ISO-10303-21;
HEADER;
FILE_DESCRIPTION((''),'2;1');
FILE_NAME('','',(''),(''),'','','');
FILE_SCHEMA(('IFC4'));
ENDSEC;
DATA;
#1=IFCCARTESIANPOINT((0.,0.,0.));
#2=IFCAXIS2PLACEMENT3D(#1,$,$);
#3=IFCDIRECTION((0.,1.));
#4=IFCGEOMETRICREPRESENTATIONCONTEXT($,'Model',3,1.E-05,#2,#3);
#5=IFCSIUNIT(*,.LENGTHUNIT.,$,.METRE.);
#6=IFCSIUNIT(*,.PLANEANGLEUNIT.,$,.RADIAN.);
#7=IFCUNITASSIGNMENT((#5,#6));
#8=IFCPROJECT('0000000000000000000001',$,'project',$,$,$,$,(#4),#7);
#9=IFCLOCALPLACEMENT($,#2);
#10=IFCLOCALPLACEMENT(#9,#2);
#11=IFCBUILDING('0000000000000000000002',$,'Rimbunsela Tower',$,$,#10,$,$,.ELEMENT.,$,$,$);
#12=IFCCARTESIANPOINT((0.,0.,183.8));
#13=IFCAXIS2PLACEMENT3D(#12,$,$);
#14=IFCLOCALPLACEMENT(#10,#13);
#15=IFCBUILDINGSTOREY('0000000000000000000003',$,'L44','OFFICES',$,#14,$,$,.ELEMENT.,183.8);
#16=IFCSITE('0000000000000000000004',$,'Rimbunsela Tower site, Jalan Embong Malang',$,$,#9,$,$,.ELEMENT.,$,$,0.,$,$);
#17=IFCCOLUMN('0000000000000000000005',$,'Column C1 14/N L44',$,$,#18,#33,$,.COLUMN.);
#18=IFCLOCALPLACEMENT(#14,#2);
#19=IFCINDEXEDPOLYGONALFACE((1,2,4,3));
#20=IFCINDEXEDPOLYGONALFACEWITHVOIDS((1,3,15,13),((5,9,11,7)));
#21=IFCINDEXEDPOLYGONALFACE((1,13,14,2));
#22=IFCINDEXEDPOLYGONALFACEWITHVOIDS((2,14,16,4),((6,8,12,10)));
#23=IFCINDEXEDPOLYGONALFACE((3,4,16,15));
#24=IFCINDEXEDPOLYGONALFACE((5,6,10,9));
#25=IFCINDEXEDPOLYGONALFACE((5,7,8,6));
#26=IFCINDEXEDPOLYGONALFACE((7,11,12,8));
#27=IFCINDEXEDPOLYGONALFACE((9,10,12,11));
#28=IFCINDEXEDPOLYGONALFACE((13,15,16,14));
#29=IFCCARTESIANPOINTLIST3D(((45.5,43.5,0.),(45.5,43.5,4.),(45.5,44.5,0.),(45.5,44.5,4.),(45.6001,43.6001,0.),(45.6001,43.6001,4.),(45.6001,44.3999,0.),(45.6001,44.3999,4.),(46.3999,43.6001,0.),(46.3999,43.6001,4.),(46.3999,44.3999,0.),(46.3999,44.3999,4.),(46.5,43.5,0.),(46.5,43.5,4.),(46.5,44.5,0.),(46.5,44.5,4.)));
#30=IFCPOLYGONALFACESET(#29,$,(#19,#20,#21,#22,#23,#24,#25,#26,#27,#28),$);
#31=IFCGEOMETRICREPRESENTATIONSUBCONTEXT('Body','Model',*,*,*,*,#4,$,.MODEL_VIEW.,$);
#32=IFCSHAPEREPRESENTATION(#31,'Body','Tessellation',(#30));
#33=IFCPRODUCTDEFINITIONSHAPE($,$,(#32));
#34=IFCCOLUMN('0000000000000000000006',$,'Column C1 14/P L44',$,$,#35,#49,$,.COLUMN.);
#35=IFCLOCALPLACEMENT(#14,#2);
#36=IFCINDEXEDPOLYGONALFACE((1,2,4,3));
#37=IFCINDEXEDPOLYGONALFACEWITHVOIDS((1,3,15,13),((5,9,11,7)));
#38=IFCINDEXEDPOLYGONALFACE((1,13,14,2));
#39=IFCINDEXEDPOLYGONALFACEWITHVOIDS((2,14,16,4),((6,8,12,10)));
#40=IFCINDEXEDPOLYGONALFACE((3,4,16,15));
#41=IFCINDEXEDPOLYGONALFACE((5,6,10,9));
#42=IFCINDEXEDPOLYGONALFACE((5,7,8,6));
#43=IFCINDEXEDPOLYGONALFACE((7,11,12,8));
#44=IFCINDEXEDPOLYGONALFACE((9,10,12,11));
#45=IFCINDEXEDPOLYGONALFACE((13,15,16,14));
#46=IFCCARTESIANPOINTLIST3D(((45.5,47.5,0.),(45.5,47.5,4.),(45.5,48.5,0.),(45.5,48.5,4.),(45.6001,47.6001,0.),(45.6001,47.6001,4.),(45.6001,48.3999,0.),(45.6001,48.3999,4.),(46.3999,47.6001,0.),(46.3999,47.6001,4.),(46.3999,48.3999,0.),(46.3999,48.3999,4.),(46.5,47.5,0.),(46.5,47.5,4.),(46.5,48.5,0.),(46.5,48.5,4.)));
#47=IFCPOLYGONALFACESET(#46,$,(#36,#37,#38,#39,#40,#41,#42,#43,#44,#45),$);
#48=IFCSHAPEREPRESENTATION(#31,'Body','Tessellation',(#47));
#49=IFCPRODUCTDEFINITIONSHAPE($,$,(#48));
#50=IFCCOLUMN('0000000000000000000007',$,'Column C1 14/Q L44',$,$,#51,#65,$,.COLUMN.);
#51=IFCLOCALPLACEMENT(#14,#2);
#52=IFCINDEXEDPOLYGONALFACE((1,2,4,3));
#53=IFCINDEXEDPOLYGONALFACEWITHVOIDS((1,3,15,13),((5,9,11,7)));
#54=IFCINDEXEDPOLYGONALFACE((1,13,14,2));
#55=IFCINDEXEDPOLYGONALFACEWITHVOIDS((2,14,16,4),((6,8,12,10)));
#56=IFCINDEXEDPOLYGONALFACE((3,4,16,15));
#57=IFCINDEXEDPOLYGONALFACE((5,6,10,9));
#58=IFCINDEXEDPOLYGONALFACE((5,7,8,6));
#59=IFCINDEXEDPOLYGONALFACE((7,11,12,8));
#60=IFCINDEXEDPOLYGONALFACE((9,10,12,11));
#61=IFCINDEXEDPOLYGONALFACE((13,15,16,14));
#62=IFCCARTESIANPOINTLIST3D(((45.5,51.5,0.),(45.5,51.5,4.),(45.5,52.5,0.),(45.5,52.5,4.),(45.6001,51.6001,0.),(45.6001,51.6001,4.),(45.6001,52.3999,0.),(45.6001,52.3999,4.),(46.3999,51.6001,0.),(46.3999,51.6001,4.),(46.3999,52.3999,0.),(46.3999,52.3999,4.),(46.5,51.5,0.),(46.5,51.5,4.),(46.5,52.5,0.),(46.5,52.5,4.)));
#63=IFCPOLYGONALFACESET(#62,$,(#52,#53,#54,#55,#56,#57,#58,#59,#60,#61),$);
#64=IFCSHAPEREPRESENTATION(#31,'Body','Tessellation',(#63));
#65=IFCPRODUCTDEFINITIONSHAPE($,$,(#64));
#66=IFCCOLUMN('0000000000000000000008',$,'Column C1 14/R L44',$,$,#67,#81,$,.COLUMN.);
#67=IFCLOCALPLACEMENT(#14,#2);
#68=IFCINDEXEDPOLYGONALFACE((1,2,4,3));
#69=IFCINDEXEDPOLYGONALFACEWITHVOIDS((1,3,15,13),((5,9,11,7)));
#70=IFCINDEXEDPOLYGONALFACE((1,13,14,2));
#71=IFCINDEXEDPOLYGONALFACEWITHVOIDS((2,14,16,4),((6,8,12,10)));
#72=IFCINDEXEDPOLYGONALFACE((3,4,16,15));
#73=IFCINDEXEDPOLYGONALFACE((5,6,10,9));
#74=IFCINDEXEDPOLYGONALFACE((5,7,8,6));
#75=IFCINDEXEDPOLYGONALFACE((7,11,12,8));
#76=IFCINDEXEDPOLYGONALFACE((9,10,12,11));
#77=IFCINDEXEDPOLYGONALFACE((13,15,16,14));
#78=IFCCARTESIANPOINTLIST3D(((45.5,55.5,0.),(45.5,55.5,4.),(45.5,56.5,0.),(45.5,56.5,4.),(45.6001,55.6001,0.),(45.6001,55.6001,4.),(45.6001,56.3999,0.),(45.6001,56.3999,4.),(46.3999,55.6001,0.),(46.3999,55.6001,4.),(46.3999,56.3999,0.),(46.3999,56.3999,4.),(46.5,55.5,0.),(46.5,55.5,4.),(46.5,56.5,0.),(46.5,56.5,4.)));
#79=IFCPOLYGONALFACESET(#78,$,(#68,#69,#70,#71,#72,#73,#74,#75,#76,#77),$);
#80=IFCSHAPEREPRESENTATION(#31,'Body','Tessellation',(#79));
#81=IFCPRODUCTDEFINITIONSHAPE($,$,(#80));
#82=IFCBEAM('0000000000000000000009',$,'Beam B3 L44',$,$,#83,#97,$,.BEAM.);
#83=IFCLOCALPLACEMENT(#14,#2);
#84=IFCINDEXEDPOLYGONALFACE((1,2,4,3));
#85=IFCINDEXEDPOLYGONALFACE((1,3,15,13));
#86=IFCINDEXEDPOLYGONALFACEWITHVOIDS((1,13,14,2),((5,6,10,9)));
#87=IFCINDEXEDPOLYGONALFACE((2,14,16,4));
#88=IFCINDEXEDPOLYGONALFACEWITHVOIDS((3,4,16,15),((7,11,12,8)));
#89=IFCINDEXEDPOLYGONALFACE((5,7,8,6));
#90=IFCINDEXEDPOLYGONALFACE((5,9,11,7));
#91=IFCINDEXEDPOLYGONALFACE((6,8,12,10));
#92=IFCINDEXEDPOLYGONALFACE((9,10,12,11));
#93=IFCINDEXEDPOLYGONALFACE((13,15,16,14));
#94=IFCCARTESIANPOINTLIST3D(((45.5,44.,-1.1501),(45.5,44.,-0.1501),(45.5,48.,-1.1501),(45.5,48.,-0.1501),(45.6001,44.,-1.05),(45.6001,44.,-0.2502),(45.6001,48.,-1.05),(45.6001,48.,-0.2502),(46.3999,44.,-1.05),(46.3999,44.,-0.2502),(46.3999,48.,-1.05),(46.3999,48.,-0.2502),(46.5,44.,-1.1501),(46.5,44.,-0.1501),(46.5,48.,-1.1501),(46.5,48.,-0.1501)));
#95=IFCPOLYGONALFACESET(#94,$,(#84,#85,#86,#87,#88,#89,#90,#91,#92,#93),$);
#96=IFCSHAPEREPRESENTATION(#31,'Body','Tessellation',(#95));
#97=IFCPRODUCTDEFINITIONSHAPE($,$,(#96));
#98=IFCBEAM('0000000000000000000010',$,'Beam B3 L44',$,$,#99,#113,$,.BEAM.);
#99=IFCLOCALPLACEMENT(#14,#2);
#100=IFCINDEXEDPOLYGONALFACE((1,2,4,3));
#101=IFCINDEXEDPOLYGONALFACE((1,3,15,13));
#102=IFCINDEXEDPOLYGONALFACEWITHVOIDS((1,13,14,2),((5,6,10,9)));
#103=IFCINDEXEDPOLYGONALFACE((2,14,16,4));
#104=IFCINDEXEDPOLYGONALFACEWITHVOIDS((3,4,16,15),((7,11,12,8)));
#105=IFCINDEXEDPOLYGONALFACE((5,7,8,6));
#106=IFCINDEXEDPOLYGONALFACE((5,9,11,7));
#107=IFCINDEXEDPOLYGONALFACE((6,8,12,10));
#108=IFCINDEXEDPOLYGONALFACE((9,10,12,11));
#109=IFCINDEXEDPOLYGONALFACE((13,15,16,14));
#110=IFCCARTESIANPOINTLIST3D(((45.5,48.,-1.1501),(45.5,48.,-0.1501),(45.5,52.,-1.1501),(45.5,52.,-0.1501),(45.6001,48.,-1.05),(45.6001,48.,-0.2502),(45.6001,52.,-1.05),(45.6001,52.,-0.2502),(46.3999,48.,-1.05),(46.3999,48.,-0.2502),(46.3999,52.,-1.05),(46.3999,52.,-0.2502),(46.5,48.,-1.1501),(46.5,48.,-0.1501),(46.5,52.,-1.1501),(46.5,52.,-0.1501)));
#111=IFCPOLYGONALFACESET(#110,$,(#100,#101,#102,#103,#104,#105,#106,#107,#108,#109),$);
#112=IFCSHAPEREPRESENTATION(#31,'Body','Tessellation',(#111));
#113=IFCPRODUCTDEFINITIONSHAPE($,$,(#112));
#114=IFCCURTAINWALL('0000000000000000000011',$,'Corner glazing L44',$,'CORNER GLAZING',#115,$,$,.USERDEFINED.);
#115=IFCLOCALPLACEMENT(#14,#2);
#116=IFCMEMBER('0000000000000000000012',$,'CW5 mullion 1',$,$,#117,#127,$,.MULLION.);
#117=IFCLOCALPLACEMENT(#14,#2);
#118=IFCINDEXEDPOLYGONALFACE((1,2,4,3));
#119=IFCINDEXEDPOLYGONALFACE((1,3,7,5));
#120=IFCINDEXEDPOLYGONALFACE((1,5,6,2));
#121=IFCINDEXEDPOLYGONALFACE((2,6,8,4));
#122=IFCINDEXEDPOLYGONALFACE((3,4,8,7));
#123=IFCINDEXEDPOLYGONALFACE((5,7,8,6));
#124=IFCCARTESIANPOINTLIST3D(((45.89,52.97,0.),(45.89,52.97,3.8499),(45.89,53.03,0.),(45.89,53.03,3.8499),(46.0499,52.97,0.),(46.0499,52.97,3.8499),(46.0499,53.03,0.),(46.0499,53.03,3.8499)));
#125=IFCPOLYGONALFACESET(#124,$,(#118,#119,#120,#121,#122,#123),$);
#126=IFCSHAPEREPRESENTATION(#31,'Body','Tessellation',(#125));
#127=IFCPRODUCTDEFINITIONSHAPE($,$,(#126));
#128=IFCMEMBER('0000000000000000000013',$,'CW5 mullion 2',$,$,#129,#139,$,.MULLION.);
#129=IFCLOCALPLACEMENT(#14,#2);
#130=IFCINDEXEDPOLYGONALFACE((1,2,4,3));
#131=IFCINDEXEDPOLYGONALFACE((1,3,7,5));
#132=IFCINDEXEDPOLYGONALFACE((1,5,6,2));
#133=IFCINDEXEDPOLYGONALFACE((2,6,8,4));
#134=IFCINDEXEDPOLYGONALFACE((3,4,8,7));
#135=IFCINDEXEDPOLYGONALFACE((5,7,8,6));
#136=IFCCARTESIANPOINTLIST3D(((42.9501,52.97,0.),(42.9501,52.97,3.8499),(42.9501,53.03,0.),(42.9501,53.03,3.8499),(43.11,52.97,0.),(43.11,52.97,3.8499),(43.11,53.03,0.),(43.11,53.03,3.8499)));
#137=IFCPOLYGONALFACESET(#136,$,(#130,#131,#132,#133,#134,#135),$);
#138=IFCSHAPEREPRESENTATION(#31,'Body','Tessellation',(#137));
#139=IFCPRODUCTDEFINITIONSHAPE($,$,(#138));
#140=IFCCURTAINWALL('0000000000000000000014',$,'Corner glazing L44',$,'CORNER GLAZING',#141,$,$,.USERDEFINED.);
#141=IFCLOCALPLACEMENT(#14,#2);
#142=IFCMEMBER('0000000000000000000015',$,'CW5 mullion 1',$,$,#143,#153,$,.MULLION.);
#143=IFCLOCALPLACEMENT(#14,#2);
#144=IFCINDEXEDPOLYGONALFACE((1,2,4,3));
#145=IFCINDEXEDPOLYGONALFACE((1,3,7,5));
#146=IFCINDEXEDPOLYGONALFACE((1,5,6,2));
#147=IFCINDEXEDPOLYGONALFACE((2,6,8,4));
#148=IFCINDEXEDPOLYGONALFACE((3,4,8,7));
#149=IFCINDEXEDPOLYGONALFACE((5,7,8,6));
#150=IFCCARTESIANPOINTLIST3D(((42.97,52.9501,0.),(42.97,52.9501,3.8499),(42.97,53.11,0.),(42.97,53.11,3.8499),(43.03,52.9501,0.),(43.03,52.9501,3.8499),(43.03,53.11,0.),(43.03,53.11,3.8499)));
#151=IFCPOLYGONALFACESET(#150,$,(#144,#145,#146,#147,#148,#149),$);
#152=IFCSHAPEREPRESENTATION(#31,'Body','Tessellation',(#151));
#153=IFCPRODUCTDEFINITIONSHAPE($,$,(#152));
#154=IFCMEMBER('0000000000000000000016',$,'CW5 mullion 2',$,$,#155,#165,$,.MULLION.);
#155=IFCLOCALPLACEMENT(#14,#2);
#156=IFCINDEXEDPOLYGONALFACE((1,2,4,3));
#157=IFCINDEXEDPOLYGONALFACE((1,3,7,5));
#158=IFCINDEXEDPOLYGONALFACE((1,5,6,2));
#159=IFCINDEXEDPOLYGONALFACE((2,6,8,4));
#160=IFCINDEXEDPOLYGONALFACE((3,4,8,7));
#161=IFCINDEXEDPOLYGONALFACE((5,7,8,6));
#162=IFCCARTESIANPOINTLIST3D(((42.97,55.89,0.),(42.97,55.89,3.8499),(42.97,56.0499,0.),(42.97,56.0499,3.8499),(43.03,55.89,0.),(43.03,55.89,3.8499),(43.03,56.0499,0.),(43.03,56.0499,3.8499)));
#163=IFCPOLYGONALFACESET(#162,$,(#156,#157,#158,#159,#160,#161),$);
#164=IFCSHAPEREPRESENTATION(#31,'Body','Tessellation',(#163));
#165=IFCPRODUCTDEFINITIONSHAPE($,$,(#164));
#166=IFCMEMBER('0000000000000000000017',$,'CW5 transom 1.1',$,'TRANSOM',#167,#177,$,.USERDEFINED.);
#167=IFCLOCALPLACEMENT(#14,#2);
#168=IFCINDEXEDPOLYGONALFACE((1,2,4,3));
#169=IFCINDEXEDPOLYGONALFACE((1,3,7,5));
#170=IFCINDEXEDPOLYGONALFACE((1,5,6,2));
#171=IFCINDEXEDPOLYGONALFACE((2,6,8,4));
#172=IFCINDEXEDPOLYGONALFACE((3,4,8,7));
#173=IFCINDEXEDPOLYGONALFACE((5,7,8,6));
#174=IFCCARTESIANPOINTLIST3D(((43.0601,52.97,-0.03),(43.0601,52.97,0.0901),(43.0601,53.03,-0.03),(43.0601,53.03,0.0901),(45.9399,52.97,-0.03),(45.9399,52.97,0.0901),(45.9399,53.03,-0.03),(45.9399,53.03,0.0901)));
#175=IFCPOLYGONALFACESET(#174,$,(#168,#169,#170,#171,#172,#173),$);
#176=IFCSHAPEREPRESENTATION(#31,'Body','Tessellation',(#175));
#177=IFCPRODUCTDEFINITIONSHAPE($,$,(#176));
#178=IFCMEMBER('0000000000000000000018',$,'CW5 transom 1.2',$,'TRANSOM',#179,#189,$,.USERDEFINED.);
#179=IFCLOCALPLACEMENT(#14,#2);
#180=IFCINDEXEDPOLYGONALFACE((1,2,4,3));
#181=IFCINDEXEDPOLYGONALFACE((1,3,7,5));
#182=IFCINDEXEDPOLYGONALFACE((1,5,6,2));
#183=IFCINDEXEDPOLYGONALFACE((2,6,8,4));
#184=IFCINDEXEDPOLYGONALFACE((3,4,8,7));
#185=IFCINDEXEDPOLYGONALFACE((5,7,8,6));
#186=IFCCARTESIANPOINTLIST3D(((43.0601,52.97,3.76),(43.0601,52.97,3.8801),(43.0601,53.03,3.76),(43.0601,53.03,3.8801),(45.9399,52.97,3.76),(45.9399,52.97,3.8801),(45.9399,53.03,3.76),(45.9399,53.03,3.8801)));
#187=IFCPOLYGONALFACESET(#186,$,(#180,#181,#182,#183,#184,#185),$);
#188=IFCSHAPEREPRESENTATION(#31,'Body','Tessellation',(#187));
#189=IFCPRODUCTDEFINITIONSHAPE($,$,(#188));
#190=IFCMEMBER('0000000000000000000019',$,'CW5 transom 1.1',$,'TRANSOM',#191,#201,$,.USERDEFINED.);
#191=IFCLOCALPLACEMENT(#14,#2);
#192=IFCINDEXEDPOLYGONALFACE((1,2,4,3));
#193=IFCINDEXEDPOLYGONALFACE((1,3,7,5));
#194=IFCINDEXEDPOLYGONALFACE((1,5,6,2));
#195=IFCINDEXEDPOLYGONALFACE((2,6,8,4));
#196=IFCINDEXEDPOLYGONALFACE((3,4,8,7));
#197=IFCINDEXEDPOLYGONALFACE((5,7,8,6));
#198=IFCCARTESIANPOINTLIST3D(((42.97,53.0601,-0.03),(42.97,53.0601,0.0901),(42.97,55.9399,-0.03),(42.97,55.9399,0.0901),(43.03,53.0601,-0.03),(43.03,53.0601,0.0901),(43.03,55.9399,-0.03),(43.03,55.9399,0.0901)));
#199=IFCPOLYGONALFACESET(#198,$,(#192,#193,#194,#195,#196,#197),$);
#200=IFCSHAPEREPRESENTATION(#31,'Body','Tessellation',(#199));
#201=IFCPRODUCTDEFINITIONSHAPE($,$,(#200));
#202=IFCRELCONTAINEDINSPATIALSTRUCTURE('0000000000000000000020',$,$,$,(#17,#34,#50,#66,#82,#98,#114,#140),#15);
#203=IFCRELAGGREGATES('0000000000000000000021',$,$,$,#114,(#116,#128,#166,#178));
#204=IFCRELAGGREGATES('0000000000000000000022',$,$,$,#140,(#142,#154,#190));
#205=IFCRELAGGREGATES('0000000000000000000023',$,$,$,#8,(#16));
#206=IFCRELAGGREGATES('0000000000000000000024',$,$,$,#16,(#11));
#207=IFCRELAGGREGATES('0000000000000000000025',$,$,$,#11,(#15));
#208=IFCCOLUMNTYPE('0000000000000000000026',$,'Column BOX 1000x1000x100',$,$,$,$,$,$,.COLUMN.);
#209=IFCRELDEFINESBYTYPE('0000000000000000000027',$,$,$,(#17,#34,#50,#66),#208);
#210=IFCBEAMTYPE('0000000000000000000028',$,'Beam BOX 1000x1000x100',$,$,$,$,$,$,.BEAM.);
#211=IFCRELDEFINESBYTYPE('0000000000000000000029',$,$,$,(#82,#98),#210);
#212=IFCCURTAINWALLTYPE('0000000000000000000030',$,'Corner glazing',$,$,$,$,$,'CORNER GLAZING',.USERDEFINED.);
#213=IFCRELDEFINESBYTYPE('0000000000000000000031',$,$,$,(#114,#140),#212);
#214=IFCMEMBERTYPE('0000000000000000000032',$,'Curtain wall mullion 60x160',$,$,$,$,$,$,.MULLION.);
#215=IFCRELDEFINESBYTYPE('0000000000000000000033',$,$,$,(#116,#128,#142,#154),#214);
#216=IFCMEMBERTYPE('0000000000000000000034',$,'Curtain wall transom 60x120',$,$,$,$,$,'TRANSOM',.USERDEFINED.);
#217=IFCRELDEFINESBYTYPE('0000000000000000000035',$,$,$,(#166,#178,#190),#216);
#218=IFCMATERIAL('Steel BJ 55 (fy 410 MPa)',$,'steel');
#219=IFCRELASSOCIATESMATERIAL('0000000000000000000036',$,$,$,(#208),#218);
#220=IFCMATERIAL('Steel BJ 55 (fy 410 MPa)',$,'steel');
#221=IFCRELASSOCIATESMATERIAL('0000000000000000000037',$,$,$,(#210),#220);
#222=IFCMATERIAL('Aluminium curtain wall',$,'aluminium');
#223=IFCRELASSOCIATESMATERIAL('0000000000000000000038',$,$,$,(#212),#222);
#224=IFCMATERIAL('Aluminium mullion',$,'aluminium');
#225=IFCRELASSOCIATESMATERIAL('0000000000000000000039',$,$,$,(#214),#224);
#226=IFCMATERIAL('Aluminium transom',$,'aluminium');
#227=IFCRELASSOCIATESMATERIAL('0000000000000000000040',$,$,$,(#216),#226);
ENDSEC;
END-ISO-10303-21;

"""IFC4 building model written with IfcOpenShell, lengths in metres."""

from ifc_helpers import new_model, si_unit, direction, frame, origin, origin_2d, place, context, subcontext, project, spatial, rectangle, hollow_rectangle, extrude, material, material_profile, profile_set, type_object, element, aggregate, save


model = new_model("IFC4")

# Units and contexts
model_context = context("Model", 3, precision=1e-05, world=origin(), true_north=direction((0.0, 1.0)))
body_context = subcontext(model_context, "Body", "Model", "MODEL_VIEW")
ifc_project = project(units=[si_unit("LENGTHUNIT", "METRE"), si_unit("PLANEANGLEUNIT", "RADIAN")], contexts=[model_context])

# Site, building, storey
site_placement = place(None, origin())
site = spatial("IfcSite", under=ifc_project, at=site_placement, Name="Rimbunsela Tower site, Jalan Embong Malang", CompositionType="ELEMENT", RefElevation=0.0)
building_placement = place(site_placement, origin())
building = spatial("IfcBuilding", under=site, at=building_placement, Name="Rimbunsela Tower", CompositionType="ELEMENT")
storey_placement = place(building_placement, frame((0.0, 0.0, 183.8)))
storey = spatial("IfcBuildingStorey", under=building, at=storey_placement, Name="L44", Description="OFFICES", CompositionType="ELEMENT", Elevation=183.8)

# Columns
ifc_material_1 = material(Name="Steel BJ 55 (fy 410 MPa)", Category="steel")
ifc_material_profile_1 = material_profile(ifc_material_1, hollow_rectangle(XDim=1.0, YDim=1.0, WallThickness=0.1001, at=origin_2d()), Name="BOX 1000x1000x100")
ifc_profile_set_1 = profile_set([ifc_material_profile_1], Name="Steel BJ 55 (fy 410 MPa)")
column_type = type_object("IfcColumnType", Name="Column BOX 1000x1000x100", PredefinedType="COLUMN", material=ifc_profile_set_1)
for number, where, z_axis, x_axis, name in (
    (1, (46.0, 44.0, 0.0), (0.0, 0.0, 1.0), (1.0, 0.0, 0.0), "Column C1 14/N L44"),
    (2, (46.0, 48.0, 0.0), (0.0, 0.0, 1.0), (1.0, 0.0, 0.0), "Column C1 14/P L44"),
    (3, (46.0, 52.0, 0.0), (0.0, 0.0, 1.0), (1.0, 0.0, 0.0), "Column C1 14/Q L44"),
    (4, (46.0, 56.0, 0.0), (0.0, 0.0, 1.0), (1.0, 0.0, 0.0), "Column C1 14/R L44"),
):
    element("IfcColumn", number, at=place(storey_placement, frame(where, z_axis=z_axis, x_axis=x_axis)), inside=storey, type_object=column_type, Name=name, PredefinedType="COLUMN", context=body_context, shape_type="SweptSolid", body=[
        extrude(hollow_rectangle(XDim=1.0, YDim=1.0, WallThickness=0.1001, at=origin_2d()), origin(), (0.0, 0.0, 1.0), 4.0),
    ])

# Beams
ifc_material_2 = material(Name="Steel BJ 55 (fy 410 MPa)", Category="steel")
ifc_material_profile_2 = material_profile(ifc_material_2, hollow_rectangle(XDim=1.0, YDim=1.0, WallThickness=0.1001, at=origin_2d()), Name="BOX 1000x1000x100")
ifc_profile_set_2 = profile_set([ifc_material_profile_2], Name="Steel BJ 55 (fy 410 MPa)")
beam_type = type_object("IfcBeamType", Name="Beam BOX 1000x1000x100", PredefinedType="BEAM", material=ifc_profile_set_2)
for number, where, z_axis, x_axis, name in (
    (5, (46.0, 44.0, -0.6501), (0.0, 1.0, 0.0), (-1.0, 0.0, 0.0), "Beam B3 L44"),
    (6, (46.0, 48.0, -0.6501), (0.0, 1.0, 0.0), (-1.0, 0.0, 0.0), "Beam B3 L44"),
):
    element("IfcBeam", number, at=place(storey_placement, frame(where, z_axis=z_axis, x_axis=x_axis)), inside=storey, type_object=beam_type, Name=name, PredefinedType="BEAM", context=body_context, shape_type="SweptSolid", body=[
        extrude(hollow_rectangle(XDim=1.0, YDim=1.0, WallThickness=0.1001, at=origin_2d()), origin(), (0.0, 0.0, 1.0), 4.0),
    ])

# Curtain walls, members
ifc_material_3 = material(Name="Aluminium curtain wall", Category="aluminium")
curtain_wall_type = type_object("IfcCurtainWallType", Name="Corner glazing", ElementType="CORNER GLAZING", PredefinedType="USERDEFINED", material=ifc_material_3)
curtain_wall_1_placement = place(storey_placement, origin())
curtain_wall_1 = element("IfcCurtainWall", 7, at=curtain_wall_1_placement, inside=storey, type_object=curtain_wall_type, Name="Corner glazing L44", ObjectType="CORNER GLAZING", PredefinedType="USERDEFINED")
ifc_material_4 = material(Name="Aluminium mullion", Category="aluminium")
ifc_material_profile_3 = material_profile(ifc_material_4, rectangle(XDim=0.0601, YDim=0.1599, at=origin_2d()), Name="Mullion 60x160")
ifc_profile_set_3 = profile_set([ifc_material_profile_3], Name="Aluminium mullion")
member_type_1 = type_object("IfcMemberType", Name="Curtain wall mullion 60x160", PredefinedType="MULLION", material=ifc_profile_set_3)
member_1_placement = place(storey_placement, frame((45.97, 53.0, 0.0), z_axis=(0.0, 0.0, 1.0), x_axis=(0.0, -1.0, 0.0)))
member_1 = element("IfcMember", 8, at=member_1_placement, type_object=member_type_1, Name="CW5 mullion 1", PredefinedType="MULLION", context=body_context, shape_type="SweptSolid", body=[
    extrude(rectangle(XDim=0.0601, YDim=0.1599, at=origin_2d()), origin(), (0.0, 0.0, 1.0), 3.8499),
])
member_2_placement = place(storey_placement, frame((43.03, 53.0, 0.0), z_axis=(0.0, 0.0, 1.0), x_axis=(0.0, -1.0, 0.0)))
member_2 = element("IfcMember", 9, at=member_2_placement, type_object=member_type_1, Name="CW5 mullion 2", PredefinedType="MULLION", context=body_context, shape_type="SweptSolid", body=[
    extrude(rectangle(XDim=0.0601, YDim=0.1599, at=origin_2d()), origin(), (0.0, 0.0, 1.0), 3.8499),
])
curtain_wall_2_placement = place(storey_placement, origin())
curtain_wall_2 = element("IfcCurtainWall", 10, at=curtain_wall_2_placement, inside=storey, type_object=curtain_wall_type, Name="Corner glazing L44", ObjectType="CORNER GLAZING", PredefinedType="USERDEFINED")
member_3_placement = place(storey_placement, frame((43.0, 53.03, 0.0), z_axis=(0.0, 0.0, 1.0), x_axis=(-1.0, 0.0, 0.0)))
member_3 = element("IfcMember", 11, at=member_3_placement, type_object=member_type_1, Name="CW5 mullion 1", PredefinedType="MULLION", context=body_context, shape_type="SweptSolid", body=[
    extrude(rectangle(XDim=0.0601, YDim=0.1599, at=origin_2d()), origin(), (0.0, 0.0, 1.0), 3.8499),
])
member_4_placement = place(storey_placement, frame((43.0, 55.97, 0.0), z_axis=(0.0, 0.0, 1.0), x_axis=(-1.0, 0.0, 0.0)))
member_4 = element("IfcMember", 12, at=member_4_placement, type_object=member_type_1, Name="CW5 mullion 2", PredefinedType="MULLION", context=body_context, shape_type="SweptSolid", body=[
    extrude(rectangle(XDim=0.0601, YDim=0.1599, at=origin_2d()), origin(), (0.0, 0.0, 1.0), 3.8499),
])

# Members
ifc_material_5 = material(Name="Aluminium transom", Category="aluminium")
ifc_material_profile_4 = material_profile(ifc_material_5, rectangle(XDim=0.0601, YDim=0.1201, at=origin_2d()), Name="Transom 60x120")
ifc_profile_set_4 = profile_set([ifc_material_profile_4], Name="Aluminium transom")
member_type_2 = type_object("IfcMemberType", Name="Curtain wall transom 60x120", ElementType="TRANSOM", PredefinedType="USERDEFINED", material=ifc_profile_set_4)
member_5_placement = place(storey_placement, frame((45.9399, 53.0, 0.03), z_axis=(-1.0, 0.0, 0.0), x_axis=(0.0, -1.0, 0.0)))
member_5 = element("IfcMember", 13, at=member_5_placement, type_object=member_type_2, Name="CW5 transom 1.1", ObjectType="TRANSOM", PredefinedType="USERDEFINED", context=body_context, shape_type="SweptSolid", body=[
    extrude(rectangle(XDim=0.0601, YDim=0.1201, at=origin_2d()), origin(), (0.0, 0.0, 1.0), 2.8799),
])
member_6_placement = place(storey_placement, frame((45.9399, 53.0, 3.8201), z_axis=(-1.0, 0.0, 0.0), x_axis=(0.0, -1.0, 0.0)))
member_6 = element("IfcMember", 14, at=member_6_placement, type_object=member_type_2, Name="CW5 transom 1.2", ObjectType="TRANSOM", PredefinedType="USERDEFINED", context=body_context, shape_type="SweptSolid", body=[
    extrude(rectangle(XDim=0.0601, YDim=0.1201, at=origin_2d()), origin(), (0.0, 0.0, 1.0), 2.8799),
])
member_7_placement = place(storey_placement, frame((43.0, 53.0601, 0.03), z_axis=(0.0, 1.0, 0.0), x_axis=(-1.0, 0.0, 0.0)))
member_7 = element("IfcMember", 15, at=member_7_placement, type_object=member_type_2, Name="CW5 transom 1.1", ObjectType="TRANSOM", PredefinedType="USERDEFINED", context=body_context, shape_type="SweptSolid", body=[
    extrude(rectangle(XDim=0.0601, YDim=0.1201, at=origin_2d()), origin(), (0.0, 0.0, 1.0), 2.8799),
])

aggregate(curtain_wall_1, [member_1, member_2, member_5, member_6])
aggregate(curtain_wall_2, [member_3, member_4, member_7])

save(model, "model.ifc")
